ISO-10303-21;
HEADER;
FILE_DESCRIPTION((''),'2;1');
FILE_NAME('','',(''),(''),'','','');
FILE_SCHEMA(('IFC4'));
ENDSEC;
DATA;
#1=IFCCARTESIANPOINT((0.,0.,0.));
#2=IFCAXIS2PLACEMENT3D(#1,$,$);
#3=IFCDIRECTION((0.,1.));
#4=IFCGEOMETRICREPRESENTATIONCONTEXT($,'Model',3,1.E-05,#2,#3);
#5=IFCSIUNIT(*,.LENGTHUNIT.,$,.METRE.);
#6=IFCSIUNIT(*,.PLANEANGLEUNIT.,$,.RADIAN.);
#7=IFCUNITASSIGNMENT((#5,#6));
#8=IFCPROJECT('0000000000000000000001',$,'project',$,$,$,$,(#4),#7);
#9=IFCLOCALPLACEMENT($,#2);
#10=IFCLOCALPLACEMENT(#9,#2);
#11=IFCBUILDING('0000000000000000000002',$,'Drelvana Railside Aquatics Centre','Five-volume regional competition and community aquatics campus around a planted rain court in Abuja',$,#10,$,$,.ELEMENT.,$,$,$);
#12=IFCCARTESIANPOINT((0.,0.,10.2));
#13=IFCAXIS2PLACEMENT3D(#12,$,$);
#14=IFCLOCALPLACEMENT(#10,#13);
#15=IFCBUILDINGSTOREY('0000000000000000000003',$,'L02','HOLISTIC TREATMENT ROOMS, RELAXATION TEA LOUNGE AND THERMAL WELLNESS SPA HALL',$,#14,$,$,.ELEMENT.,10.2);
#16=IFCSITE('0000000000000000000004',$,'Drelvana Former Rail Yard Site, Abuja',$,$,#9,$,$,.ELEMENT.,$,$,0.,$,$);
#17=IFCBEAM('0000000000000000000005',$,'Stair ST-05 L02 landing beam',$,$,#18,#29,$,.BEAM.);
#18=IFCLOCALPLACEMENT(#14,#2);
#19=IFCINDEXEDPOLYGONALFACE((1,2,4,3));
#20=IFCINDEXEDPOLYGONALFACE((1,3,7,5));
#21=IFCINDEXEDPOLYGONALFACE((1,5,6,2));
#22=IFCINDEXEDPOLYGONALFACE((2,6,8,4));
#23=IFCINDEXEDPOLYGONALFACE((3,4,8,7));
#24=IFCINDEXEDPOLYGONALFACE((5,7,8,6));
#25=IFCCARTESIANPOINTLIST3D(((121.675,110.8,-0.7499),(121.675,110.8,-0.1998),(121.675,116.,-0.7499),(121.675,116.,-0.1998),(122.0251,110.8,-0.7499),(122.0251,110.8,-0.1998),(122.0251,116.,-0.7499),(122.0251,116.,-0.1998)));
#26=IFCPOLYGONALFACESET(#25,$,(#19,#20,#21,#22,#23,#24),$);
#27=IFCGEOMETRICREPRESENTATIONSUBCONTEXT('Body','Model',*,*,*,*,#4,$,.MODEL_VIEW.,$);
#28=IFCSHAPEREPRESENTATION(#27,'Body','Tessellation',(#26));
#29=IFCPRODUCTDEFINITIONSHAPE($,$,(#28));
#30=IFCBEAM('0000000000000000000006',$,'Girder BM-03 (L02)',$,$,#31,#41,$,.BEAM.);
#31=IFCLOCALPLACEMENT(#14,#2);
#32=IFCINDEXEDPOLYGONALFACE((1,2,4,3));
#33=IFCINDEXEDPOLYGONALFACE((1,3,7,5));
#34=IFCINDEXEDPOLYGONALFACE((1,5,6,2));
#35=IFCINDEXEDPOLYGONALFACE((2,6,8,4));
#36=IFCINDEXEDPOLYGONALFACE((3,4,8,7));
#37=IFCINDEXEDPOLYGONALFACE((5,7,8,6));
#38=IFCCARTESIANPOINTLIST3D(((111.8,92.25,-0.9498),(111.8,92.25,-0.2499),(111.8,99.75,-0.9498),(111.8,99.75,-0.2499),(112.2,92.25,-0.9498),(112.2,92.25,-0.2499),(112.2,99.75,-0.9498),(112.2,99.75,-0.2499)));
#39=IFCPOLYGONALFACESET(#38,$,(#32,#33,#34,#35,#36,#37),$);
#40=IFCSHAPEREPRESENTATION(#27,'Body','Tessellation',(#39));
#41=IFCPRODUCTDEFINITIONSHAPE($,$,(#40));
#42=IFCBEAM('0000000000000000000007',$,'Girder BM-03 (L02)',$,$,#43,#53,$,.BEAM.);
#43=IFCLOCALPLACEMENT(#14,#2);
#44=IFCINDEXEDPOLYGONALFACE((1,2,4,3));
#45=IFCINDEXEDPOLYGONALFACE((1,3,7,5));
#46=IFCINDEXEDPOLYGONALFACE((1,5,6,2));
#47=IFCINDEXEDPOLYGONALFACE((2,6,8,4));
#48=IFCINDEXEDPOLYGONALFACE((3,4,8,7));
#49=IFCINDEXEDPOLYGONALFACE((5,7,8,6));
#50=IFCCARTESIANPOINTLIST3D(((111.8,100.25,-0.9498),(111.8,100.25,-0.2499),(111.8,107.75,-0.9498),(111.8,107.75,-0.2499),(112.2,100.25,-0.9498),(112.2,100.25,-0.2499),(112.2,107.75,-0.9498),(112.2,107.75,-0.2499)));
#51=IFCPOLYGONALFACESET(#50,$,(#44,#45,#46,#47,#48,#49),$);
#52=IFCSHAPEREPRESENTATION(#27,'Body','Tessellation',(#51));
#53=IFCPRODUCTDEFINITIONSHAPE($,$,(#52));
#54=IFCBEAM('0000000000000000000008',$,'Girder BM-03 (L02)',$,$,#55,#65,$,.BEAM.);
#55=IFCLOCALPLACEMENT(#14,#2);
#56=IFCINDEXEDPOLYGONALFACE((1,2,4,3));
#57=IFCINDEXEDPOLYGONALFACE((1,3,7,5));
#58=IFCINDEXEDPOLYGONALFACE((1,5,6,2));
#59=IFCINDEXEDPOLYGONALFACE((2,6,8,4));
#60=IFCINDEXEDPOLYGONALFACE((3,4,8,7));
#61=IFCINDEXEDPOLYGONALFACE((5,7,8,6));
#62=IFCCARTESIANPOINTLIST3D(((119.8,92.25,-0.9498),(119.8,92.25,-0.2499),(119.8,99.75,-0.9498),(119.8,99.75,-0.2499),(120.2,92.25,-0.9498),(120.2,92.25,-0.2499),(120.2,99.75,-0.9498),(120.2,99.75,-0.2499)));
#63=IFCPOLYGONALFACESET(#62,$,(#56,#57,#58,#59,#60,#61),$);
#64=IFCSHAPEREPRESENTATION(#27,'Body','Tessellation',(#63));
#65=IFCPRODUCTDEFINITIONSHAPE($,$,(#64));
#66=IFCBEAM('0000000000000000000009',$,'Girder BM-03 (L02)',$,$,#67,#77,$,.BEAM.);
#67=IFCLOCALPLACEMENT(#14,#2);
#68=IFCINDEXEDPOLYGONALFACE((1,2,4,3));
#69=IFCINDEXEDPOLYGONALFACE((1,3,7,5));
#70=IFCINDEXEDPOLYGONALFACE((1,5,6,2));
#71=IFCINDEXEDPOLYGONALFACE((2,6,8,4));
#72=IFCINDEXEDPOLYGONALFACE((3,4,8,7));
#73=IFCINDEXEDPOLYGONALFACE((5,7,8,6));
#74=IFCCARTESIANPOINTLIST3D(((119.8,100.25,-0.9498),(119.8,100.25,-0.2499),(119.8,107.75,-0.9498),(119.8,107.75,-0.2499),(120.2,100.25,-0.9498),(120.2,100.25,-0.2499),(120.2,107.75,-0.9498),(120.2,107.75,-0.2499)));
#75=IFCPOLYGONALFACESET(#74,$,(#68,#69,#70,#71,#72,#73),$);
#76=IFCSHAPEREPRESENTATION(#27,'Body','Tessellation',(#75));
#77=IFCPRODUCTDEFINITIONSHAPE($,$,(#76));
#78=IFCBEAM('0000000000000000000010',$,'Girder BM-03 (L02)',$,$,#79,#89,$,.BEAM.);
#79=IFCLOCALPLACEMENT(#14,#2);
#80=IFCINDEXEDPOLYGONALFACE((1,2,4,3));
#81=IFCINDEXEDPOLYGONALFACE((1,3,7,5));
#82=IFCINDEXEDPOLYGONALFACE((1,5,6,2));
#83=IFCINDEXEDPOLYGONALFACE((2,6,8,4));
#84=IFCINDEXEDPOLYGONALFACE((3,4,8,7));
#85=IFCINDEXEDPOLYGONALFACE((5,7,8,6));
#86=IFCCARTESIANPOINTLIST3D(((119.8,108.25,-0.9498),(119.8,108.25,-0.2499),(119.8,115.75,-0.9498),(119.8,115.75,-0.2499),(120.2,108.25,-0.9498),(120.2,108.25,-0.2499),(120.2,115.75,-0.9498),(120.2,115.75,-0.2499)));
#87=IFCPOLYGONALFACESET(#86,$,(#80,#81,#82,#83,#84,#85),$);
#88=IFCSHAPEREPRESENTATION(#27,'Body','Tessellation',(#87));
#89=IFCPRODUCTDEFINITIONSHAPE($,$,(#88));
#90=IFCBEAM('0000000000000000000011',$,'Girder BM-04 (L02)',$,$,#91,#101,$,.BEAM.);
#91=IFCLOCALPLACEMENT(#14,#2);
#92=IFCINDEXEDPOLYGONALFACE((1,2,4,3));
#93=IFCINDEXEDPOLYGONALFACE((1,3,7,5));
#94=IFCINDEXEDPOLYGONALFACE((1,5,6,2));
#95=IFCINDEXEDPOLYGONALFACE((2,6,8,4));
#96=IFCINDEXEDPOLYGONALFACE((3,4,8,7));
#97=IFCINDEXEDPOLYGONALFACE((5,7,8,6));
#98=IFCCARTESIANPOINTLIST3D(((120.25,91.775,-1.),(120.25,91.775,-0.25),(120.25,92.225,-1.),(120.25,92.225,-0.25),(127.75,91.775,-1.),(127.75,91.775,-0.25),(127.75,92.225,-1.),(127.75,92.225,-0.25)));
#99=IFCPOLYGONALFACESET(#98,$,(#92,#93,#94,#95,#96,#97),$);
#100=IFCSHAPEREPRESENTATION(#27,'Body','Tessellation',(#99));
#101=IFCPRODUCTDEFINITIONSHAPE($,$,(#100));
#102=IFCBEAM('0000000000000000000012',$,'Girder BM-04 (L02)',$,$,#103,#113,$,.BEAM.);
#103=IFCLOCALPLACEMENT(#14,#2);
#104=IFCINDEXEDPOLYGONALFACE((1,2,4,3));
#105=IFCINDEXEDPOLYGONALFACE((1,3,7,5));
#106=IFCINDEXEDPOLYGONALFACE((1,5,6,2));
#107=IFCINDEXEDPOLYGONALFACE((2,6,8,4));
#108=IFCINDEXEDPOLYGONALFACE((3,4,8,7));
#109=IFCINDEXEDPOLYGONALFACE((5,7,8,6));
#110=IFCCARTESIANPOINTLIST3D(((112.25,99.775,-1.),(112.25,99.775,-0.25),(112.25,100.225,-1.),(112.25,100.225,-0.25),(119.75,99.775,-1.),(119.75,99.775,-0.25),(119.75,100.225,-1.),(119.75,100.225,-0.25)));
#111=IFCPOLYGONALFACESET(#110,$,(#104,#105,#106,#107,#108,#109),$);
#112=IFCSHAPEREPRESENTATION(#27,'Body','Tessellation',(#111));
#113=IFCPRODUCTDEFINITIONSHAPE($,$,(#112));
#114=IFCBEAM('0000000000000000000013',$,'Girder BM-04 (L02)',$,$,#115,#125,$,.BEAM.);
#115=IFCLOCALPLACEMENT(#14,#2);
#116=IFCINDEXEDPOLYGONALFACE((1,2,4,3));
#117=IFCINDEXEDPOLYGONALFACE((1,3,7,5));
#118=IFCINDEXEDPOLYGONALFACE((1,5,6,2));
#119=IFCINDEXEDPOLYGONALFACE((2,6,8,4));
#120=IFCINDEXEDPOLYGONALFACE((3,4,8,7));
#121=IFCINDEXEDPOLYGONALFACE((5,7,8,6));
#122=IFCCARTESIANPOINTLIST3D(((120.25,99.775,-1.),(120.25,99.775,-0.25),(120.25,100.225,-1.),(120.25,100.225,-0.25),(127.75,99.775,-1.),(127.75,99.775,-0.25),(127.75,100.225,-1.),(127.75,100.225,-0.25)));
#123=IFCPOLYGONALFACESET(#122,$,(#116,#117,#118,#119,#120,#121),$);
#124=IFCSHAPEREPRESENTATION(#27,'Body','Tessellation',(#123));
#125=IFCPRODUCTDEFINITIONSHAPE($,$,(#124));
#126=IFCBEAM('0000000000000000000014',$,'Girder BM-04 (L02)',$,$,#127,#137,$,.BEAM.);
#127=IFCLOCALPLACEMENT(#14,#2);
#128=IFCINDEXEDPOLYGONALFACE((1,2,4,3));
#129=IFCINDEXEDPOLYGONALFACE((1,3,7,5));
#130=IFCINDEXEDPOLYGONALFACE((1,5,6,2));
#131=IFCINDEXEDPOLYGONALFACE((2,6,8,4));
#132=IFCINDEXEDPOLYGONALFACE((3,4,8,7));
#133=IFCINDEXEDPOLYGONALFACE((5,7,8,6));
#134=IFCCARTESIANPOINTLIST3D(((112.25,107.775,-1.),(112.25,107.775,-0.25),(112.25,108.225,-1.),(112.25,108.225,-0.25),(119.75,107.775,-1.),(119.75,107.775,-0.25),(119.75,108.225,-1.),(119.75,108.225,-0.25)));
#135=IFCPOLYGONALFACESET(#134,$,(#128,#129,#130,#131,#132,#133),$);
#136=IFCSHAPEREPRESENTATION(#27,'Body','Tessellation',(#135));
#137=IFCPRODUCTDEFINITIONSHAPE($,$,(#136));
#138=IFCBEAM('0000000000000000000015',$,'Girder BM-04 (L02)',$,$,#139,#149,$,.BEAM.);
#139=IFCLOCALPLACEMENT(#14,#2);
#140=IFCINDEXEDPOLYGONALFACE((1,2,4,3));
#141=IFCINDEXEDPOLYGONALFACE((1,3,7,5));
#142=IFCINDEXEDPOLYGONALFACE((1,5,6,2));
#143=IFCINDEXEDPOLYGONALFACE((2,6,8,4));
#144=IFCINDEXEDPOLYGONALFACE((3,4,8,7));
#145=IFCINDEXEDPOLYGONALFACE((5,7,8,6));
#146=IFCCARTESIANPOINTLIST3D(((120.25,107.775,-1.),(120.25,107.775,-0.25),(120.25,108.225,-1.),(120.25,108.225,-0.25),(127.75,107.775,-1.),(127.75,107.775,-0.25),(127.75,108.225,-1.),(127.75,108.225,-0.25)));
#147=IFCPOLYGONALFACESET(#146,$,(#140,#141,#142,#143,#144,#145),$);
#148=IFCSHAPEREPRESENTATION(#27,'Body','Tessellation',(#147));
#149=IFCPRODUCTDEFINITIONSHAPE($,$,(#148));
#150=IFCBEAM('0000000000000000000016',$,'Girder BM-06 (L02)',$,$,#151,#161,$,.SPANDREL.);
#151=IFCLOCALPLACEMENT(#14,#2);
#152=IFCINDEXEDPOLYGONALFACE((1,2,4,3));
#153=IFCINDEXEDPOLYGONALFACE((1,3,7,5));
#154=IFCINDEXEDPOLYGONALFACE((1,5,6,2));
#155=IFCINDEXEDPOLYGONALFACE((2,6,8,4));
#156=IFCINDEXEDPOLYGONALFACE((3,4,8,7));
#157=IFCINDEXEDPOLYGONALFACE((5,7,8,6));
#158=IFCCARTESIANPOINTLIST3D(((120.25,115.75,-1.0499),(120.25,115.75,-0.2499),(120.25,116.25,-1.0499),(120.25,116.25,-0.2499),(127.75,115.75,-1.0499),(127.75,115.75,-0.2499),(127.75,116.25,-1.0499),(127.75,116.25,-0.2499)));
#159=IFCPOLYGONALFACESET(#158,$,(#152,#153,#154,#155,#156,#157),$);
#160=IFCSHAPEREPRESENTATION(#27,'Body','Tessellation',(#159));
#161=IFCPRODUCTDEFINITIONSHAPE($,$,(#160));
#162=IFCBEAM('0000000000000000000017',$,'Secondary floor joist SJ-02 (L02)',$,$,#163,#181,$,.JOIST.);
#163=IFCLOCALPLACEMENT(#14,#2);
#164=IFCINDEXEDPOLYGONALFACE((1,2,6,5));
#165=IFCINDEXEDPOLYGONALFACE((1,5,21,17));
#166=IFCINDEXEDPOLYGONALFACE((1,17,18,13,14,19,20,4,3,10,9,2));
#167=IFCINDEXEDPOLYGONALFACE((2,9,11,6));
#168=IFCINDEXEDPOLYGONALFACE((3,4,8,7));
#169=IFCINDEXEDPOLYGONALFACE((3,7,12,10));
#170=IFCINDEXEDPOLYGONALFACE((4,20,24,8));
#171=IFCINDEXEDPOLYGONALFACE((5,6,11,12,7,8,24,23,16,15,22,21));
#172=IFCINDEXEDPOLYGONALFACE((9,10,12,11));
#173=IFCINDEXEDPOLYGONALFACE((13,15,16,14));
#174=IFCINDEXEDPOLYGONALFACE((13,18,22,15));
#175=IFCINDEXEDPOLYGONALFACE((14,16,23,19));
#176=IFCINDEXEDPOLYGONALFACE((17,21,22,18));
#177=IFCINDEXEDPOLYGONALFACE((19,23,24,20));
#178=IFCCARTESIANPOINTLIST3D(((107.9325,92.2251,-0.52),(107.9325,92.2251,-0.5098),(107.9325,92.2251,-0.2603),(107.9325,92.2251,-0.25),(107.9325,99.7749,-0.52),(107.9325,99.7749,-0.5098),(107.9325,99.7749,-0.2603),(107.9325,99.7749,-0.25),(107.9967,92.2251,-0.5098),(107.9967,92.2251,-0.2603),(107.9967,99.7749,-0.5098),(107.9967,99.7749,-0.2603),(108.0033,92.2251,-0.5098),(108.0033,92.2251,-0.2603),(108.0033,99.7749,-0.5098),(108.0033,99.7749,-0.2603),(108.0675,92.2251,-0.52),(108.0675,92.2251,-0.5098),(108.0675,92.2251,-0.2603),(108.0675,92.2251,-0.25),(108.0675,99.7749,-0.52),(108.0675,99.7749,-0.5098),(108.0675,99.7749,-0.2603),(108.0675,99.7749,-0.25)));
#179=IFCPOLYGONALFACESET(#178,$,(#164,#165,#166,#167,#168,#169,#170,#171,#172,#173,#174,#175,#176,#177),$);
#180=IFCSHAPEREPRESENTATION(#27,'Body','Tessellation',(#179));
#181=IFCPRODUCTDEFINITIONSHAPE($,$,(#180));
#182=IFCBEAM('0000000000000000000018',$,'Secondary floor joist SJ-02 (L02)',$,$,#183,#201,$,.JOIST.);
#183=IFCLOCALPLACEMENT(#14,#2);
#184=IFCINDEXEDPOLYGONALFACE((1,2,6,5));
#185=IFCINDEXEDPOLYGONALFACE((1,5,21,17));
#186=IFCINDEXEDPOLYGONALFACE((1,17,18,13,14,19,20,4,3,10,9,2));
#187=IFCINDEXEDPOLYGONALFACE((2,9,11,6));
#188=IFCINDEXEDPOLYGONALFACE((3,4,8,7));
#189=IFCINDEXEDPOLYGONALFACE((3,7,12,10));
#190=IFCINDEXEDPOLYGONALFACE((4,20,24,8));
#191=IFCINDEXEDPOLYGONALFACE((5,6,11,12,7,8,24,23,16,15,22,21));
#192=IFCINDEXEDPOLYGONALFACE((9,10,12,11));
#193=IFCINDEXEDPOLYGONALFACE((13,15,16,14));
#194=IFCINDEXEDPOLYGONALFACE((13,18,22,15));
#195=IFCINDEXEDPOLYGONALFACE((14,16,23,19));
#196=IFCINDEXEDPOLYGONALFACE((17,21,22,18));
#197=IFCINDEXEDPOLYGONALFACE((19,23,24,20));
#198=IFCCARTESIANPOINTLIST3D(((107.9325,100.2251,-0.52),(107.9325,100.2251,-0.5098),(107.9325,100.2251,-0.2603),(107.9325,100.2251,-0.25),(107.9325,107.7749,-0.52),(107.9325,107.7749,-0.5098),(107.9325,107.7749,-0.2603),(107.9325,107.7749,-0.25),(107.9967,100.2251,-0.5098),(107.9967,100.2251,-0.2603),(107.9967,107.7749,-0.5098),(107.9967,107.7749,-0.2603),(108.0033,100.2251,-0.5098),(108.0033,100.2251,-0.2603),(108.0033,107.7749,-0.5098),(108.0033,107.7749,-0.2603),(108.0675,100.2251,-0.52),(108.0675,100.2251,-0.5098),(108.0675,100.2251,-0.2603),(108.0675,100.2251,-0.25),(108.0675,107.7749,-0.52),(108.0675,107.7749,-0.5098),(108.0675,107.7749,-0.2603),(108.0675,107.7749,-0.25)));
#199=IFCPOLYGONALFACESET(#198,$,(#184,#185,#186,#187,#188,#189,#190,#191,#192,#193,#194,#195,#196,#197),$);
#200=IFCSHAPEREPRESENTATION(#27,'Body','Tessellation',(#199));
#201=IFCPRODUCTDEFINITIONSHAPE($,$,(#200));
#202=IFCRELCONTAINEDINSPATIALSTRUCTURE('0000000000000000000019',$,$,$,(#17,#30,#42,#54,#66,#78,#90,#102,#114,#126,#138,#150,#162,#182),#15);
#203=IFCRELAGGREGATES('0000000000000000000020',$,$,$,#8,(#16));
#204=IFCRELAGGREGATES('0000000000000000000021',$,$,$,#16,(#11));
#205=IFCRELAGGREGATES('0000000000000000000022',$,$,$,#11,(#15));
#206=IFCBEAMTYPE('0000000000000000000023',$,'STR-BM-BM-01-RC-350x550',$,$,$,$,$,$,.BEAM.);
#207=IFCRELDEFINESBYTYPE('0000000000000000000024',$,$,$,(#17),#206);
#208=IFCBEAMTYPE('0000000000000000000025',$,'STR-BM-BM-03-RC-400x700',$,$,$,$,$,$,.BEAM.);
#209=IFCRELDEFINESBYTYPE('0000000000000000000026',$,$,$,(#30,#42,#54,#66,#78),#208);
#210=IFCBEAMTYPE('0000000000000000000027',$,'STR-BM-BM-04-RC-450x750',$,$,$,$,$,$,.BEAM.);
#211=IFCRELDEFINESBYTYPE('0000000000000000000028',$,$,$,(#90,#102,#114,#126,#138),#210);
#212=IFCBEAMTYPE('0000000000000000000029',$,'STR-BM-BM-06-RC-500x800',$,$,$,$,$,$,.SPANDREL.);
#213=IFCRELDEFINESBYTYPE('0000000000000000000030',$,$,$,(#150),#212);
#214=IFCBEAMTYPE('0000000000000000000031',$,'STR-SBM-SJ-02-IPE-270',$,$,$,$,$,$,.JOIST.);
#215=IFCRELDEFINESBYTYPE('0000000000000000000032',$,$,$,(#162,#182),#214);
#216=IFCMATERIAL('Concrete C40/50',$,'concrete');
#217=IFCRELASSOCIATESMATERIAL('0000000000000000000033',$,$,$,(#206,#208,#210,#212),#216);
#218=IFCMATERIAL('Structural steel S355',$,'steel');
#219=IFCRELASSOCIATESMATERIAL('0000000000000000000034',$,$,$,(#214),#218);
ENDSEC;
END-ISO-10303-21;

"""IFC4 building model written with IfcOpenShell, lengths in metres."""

from ifc_helpers import new_model, si_unit, direction, frame, origin, origin_2d, place, context, subcontext, project, spatial, rectangle, i_section, extrude, material, material_profile, profile_set, type_object, element, save


model = new_model("IFC4")

# Units and contexts
model_context = context("Model", 3, precision=1e-05, world=origin(), true_north=direction((0.0, 1.0)))
body_context = subcontext(model_context, "Body", "Model", "MODEL_VIEW")
ifc_project = project(units=[si_unit("LENGTHUNIT", "METRE"), si_unit("PLANEANGLEUNIT", "RADIAN")], contexts=[model_context])

# Site, building, storey
site_placement = place(None, origin())
site = spatial("IfcSite", under=ifc_project, at=site_placement, Name="Drelvana Former Rail Yard Site, Abuja", CompositionType="ELEMENT", RefElevation=0.0)
building_placement = place(site_placement, origin())
building = spatial("IfcBuilding", under=site, at=building_placement, Name="Drelvana Railside Aquatics Centre", Description="Five-volume regional competition and community aquatics campus around a planted rain court in Abuja", CompositionType="ELEMENT")
storey_placement = place(building_placement, frame((0.0, 0.0, 10.2)))
storey = spatial("IfcBuildingStorey", under=building, at=storey_placement, Name="L02", Description="HOLISTIC TREATMENT ROOMS, RELAXATION TEA LOUNGE AND THERMAL WELLNESS SPA HALL", CompositionType="ELEMENT", Elevation=10.2)

# Beams
ifc_material_1 = material(Name="Concrete C40/50", Category="concrete")
ifc_material_profile_1 = material_profile(ifc_material_1, rectangle(XDim=0.3501, YDim=0.55, at=origin_2d()), Name="RC 350x550")
ifc_profile_set_1 = profile_set([ifc_material_profile_1], Name="Concrete C40/50")
beam_type_1 = type_object("IfcBeamType", Name="STR-BM-BM-01-RC-350x550", PredefinedType="BEAM", material=ifc_profile_set_1)
beam_1_placement = place(storey_placement, frame((121.8501, 110.8, -0.4749), z_axis=(0.0, 1.0, 0.0), x_axis=(-1.0, 0.0, 0.0)))
element("IfcBeam", 1, at=beam_1_placement, inside=storey, type_object=beam_type_1, Name="Stair ST-05 L02 landing beam", PredefinedType="BEAM", context=body_context, shape_type="SweptSolid", body=[
    extrude(rectangle(XDim=0.3501, YDim=0.55, at=origin_2d()), origin(), (0.0, 0.0, 1.0), 5.2),
])
ifc_material_profile_2 = material_profile(ifc_material_1, rectangle(XDim=0.3999, YDim=0.7, at=origin_2d()), Name="RC 400x700")
ifc_profile_set_2 = profile_set([ifc_material_profile_2], Name="Concrete C40/50")
beam_type_2 = type_object("IfcBeamType", Name="STR-BM-BM-03-RC-400x700", PredefinedType="BEAM", material=ifc_profile_set_2)
for number, where, z_axis, x_axis, name in (
    (2, (112.0, 92.25, -0.5999), (0.0, 1.0, 0.0), (-1.0, 0.0, 0.0), "Girder BM-03 (L02)"),
    (3, (112.0, 100.25, -0.5999), (0.0, 1.0, 0.0), (-1.0, 0.0, 0.0), "Girder BM-03 (L02)"),
    (4, (120.0, 92.25, -0.5999), (0.0, 1.0, 0.0), (-1.0, 0.0, 0.0), "Girder BM-03 (L02)"),
    (5, (120.0, 100.25, -0.5999), (0.0, 1.0, 0.0), (-1.0, 0.0, 0.0), "Girder BM-03 (L02)"),
    (6, (120.0, 108.25, -0.5999), (0.0, 1.0, 0.0), (-1.0, 0.0, 0.0), "Girder BM-03 (L02)"),
):
    element("IfcBeam", number, at=place(storey_placement, frame(where, z_axis=z_axis, x_axis=x_axis)), inside=storey, type_object=beam_type_2, Name=name, PredefinedType="BEAM", context=body_context, shape_type="SweptSolid", body=[
        extrude(rectangle(XDim=0.3999, YDim=0.7, at=origin_2d()), origin(), (0.0, 0.0, 1.0), 7.5),
    ])
ifc_material_profile_3 = material_profile(ifc_material_1, rectangle(XDim=0.45, YDim=0.75, at=origin_2d()), Name="RC 450x750")
ifc_profile_set_3 = profile_set([ifc_material_profile_3], Name="Concrete C40/50")
beam_type_3 = type_object("IfcBeamType", Name="STR-BM-BM-04-RC-450x750", PredefinedType="BEAM", material=ifc_profile_set_3)
for number, where, z_axis, x_axis, name in (
    (7, (120.25, 92.0, -0.625), (1.0, 0.0, 0.0), (0.0, 1.0, 0.0), "Girder BM-04 (L02)"),
    (8, (112.25, 100.0, -0.625), (1.0, 0.0, 0.0), (0.0, 1.0, 0.0), "Girder BM-04 (L02)"),
    (9, (120.25, 100.0, -0.625), (1.0, 0.0, 0.0), (0.0, 1.0, 0.0), "Girder BM-04 (L02)"),
    (10, (112.25, 108.0, -0.625), (1.0, 0.0, 0.0), (0.0, 1.0, 0.0), "Girder BM-04 (L02)"),
    (11, (120.25, 108.0, -0.625), (1.0, 0.0, 0.0), (0.0, 1.0, 0.0), "Girder BM-04 (L02)"),
):
    element("IfcBeam", number, at=place(storey_placement, frame(where, z_axis=z_axis, x_axis=x_axis)), inside=storey, type_object=beam_type_3, Name=name, PredefinedType="BEAM", context=body_context, shape_type="SweptSolid", body=[
        extrude(rectangle(XDim=0.45, YDim=0.75, at=origin_2d()), origin(), (0.0, 0.0, 1.0), 7.5),
    ])
ifc_material_profile_4 = material_profile(ifc_material_1, rectangle(XDim=0.5, YDim=0.8, at=origin_2d()), Name="RC 500x800")
ifc_profile_set_4 = profile_set([ifc_material_profile_4], Name="Concrete C40/50")
beam_type_4 = type_object("IfcBeamType", Name="STR-BM-BM-06-RC-500x800", PredefinedType="SPANDREL", material=ifc_profile_set_4)
beam_2_placement = place(storey_placement, frame((120.25, 116.0, -0.6499), z_axis=(1.0, 0.0, 0.0), x_axis=(0.0, 1.0, 0.0)))
element("IfcBeam", 12, at=beam_2_placement, inside=storey, type_object=beam_type_4, Name="Girder BM-06 (L02)", PredefinedType="SPANDREL", context=body_context, shape_type="SweptSolid", body=[
    extrude(rectangle(XDim=0.5, YDim=0.8, at=origin_2d()), origin(), (0.0, 0.0, 1.0), 7.5),
])
ifc_material_2 = material(Name="Structural steel S355", Category="steel")
ifc_material_profile_5 = material_profile(ifc_material_2, i_section(OverallWidth=0.135, OverallDepth=0.27, WebThickness=0.0066, FlangeThickness=0.0103, at=origin_2d()), Name="IPE 270")
ifc_profile_set_5 = profile_set([ifc_material_profile_5], Name="Structural steel S355")
beam_type_5 = type_object("IfcBeamType", Name="STR-SBM-SJ-02-IPE-270", PredefinedType="JOIST", material=ifc_profile_set_5)
for number, where, z_axis, x_axis, name in (
    (13, (108.0, 92.2251, -0.385), (0.0, 1.0, 0.0), (-1.0, 0.0, 0.0), "Secondary floor joist SJ-02 (L02)"),
    (14, (108.0, 100.2251, -0.385), (0.0, 1.0, 0.0), (-1.0, 0.0, 0.0), "Secondary floor joist SJ-02 (L02)"),
):
    element("IfcBeam", number, at=place(storey_placement, frame(where, z_axis=z_axis, x_axis=x_axis)), inside=storey, type_object=beam_type_5, Name=name, PredefinedType="JOIST", context=body_context, shape_type="SweptSolid", body=[
        extrude(i_section(OverallWidth=0.135, OverallDepth=0.27, WebThickness=0.0066, FlangeThickness=0.0103, at=origin_2d()), origin(), (0.0, 0.0, 1.0), 7.5498),
    ])

save(model, "model.ifc")
